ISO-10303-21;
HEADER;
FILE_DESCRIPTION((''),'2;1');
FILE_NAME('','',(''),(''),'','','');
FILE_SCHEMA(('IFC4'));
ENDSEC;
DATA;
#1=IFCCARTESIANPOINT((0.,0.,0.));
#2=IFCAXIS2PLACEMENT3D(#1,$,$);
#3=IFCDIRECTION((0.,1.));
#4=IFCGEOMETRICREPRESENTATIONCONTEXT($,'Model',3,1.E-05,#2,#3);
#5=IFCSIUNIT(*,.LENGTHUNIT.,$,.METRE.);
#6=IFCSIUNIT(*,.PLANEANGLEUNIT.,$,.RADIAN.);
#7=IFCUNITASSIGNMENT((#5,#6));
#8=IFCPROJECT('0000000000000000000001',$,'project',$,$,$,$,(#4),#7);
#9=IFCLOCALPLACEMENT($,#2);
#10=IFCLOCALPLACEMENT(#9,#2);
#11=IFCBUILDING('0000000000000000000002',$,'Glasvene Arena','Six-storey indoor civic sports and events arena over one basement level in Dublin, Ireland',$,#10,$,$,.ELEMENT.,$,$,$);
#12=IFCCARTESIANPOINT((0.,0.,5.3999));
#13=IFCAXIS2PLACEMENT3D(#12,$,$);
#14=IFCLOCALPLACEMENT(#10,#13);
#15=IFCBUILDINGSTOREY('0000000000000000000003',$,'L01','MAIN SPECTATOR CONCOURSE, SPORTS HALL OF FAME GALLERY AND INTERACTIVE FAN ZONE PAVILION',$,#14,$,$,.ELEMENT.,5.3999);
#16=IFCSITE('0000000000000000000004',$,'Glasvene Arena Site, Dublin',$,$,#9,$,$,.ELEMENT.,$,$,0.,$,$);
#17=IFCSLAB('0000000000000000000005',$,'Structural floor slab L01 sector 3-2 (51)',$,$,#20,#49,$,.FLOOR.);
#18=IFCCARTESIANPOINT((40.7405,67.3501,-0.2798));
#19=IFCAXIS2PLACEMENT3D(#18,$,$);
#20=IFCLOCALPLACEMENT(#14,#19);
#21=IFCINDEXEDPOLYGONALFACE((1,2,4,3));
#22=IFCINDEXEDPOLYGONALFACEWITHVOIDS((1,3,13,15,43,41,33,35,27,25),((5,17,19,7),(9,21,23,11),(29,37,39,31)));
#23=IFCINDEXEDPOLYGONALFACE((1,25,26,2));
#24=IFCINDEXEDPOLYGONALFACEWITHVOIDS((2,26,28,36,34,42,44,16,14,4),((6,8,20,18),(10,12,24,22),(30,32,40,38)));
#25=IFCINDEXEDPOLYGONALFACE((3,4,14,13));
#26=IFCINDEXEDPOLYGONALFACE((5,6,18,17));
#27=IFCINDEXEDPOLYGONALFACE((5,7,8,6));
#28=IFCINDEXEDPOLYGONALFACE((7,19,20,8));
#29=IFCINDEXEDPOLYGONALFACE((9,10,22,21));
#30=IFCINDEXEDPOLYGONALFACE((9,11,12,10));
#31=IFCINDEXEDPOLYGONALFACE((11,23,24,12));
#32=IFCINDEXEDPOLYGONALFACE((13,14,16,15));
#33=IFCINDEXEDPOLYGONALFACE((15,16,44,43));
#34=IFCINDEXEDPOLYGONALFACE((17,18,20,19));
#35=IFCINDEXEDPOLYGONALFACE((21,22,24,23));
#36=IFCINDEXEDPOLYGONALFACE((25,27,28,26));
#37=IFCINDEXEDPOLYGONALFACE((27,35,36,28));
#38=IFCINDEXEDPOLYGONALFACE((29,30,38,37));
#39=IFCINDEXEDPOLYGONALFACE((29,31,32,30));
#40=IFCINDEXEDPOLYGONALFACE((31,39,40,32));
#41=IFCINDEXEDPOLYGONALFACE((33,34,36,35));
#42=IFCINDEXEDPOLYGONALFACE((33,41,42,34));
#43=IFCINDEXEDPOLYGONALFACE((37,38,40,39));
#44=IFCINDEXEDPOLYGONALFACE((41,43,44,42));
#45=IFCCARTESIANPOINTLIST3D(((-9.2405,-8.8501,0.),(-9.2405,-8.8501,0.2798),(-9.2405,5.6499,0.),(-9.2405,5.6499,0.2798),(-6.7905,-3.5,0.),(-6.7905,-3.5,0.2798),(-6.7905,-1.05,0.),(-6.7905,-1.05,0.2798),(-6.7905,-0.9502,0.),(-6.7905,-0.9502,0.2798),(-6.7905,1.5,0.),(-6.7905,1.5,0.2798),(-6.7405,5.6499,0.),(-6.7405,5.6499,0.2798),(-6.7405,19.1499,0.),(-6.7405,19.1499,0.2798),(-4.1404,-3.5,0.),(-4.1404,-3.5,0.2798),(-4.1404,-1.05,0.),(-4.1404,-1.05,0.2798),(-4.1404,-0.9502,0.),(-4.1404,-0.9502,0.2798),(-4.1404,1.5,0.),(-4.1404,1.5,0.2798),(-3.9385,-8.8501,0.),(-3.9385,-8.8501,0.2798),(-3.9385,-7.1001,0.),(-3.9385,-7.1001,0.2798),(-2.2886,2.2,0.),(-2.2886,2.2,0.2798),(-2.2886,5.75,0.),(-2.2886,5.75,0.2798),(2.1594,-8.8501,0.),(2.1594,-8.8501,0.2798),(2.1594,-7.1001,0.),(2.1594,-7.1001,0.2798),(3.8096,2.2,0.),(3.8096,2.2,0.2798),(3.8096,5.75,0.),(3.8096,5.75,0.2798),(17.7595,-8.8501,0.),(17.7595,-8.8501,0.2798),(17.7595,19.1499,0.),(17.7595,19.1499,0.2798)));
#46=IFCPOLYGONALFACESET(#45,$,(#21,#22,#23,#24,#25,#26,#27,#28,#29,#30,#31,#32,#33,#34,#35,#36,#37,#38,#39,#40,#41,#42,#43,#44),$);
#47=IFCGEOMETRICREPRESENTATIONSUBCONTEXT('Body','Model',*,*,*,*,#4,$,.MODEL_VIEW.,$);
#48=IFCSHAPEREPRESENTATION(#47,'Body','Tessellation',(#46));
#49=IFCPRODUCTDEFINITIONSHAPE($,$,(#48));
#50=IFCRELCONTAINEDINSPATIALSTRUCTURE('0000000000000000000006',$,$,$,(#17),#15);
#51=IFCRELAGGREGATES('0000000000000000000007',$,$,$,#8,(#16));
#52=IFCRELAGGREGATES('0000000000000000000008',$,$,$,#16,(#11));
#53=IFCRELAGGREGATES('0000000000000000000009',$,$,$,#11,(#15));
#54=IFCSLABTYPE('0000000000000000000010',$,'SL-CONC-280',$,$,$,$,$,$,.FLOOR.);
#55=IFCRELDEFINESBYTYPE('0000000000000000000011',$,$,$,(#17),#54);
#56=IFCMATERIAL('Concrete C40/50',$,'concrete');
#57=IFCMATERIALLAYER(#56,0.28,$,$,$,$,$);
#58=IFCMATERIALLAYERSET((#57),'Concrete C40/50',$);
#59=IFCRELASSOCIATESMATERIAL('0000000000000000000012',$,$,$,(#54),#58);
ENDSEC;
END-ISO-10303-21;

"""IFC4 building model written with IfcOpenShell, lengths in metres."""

from ifc_helpers import new_model, si_unit, direction, frame, origin, place, context, subcontext, project, spatial, polyline, outline, extrude, material, layer, layer_set, type_object, element, save


model = new_model("IFC4")

# Units and contexts
model_context = context("Model", 3, precision=1e-05, world=origin(), true_north=direction((0.0, 1.0)))
body_context = subcontext(model_context, "Body", "Model", "MODEL_VIEW")
ifc_project = project(units=[si_unit("LENGTHUNIT", "METRE"), si_unit("PLANEANGLEUNIT", "RADIAN")], contexts=[model_context])

# Site, building, storey
site_placement = place(None, origin())
site = spatial("IfcSite", under=ifc_project, at=site_placement, Name="Glasvene Arena Site, Dublin", CompositionType="ELEMENT", RefElevation=0.0)
building_placement = place(site_placement, origin())
building = spatial("IfcBuilding", under=site, at=building_placement, Name="Glasvene Arena", Description="Six-storey indoor civic sports and events arena over one basement level in Dublin, Ireland", CompositionType="ELEMENT")
storey_placement = place(building_placement, frame((0.0, 0.0, 5.3999)))
storey = spatial("IfcBuildingStorey", under=building, at=storey_placement, Name="L01", Description="MAIN SPECTATOR CONCOURSE, SPORTS HALL OF FAME GALLERY AND INTERACTIVE FAN ZONE PAVILION", CompositionType="ELEMENT", Elevation=5.3999)

# Slab
ifc_material_1 = material(Name="Concrete C40/50", Category="concrete")
ifc_layer_1 = layer(ifc_material_1, 0.28)
ifc_layer_set_1 = layer_set([ifc_layer_1], Name="Concrete C40/50")
slab_type = type_object("IfcSlabType", Name="SL-CONC-280", PredefinedType="FLOOR", material=ifc_layer_set_1)
slab_placement = place(storey_placement, frame((40.7405, 67.3501, -0.2798)))
element("IfcSlab", 1, at=slab_placement, inside=storey, type_object=slab_type, Name="Structural floor slab L01 sector 3-2 (51)", PredefinedType="FLOOR", context=body_context, shape_type="SweptSolid", body=[
    extrude(outline(polyline([(17.7595, 19.1499), (17.7595, -8.8501), (2.1594, -8.8501), (2.1594, -7.1001), (-3.9385, -7.1001), (-3.9385, -8.8501), (-9.2405, -8.8501), (-9.2405, 5.6499), (-6.7405, 5.6499), (-6.7405, 19.1499), (17.7595, 19.1499)]), holes=[polyline([(-4.1404, -3.5), (-4.1404, -1.05), (-6.7905, -1.05), (-6.7905, -3.5), (-4.1404, -3.5)]), polyline([(-4.1404, -0.9502), (-4.1404, 1.5), (-6.7905, 1.5), (-6.7905, -0.9502), (-4.1404, -0.9502)]), polyline([(3.8096, 2.2), (3.8096, 5.75), (-2.2886, 5.75), (-2.2886, 2.2), (3.8096, 2.2)])]), origin(), (0.0, 0.0, 1.0), 0.2798),
])

save(model, "model.ifc")
